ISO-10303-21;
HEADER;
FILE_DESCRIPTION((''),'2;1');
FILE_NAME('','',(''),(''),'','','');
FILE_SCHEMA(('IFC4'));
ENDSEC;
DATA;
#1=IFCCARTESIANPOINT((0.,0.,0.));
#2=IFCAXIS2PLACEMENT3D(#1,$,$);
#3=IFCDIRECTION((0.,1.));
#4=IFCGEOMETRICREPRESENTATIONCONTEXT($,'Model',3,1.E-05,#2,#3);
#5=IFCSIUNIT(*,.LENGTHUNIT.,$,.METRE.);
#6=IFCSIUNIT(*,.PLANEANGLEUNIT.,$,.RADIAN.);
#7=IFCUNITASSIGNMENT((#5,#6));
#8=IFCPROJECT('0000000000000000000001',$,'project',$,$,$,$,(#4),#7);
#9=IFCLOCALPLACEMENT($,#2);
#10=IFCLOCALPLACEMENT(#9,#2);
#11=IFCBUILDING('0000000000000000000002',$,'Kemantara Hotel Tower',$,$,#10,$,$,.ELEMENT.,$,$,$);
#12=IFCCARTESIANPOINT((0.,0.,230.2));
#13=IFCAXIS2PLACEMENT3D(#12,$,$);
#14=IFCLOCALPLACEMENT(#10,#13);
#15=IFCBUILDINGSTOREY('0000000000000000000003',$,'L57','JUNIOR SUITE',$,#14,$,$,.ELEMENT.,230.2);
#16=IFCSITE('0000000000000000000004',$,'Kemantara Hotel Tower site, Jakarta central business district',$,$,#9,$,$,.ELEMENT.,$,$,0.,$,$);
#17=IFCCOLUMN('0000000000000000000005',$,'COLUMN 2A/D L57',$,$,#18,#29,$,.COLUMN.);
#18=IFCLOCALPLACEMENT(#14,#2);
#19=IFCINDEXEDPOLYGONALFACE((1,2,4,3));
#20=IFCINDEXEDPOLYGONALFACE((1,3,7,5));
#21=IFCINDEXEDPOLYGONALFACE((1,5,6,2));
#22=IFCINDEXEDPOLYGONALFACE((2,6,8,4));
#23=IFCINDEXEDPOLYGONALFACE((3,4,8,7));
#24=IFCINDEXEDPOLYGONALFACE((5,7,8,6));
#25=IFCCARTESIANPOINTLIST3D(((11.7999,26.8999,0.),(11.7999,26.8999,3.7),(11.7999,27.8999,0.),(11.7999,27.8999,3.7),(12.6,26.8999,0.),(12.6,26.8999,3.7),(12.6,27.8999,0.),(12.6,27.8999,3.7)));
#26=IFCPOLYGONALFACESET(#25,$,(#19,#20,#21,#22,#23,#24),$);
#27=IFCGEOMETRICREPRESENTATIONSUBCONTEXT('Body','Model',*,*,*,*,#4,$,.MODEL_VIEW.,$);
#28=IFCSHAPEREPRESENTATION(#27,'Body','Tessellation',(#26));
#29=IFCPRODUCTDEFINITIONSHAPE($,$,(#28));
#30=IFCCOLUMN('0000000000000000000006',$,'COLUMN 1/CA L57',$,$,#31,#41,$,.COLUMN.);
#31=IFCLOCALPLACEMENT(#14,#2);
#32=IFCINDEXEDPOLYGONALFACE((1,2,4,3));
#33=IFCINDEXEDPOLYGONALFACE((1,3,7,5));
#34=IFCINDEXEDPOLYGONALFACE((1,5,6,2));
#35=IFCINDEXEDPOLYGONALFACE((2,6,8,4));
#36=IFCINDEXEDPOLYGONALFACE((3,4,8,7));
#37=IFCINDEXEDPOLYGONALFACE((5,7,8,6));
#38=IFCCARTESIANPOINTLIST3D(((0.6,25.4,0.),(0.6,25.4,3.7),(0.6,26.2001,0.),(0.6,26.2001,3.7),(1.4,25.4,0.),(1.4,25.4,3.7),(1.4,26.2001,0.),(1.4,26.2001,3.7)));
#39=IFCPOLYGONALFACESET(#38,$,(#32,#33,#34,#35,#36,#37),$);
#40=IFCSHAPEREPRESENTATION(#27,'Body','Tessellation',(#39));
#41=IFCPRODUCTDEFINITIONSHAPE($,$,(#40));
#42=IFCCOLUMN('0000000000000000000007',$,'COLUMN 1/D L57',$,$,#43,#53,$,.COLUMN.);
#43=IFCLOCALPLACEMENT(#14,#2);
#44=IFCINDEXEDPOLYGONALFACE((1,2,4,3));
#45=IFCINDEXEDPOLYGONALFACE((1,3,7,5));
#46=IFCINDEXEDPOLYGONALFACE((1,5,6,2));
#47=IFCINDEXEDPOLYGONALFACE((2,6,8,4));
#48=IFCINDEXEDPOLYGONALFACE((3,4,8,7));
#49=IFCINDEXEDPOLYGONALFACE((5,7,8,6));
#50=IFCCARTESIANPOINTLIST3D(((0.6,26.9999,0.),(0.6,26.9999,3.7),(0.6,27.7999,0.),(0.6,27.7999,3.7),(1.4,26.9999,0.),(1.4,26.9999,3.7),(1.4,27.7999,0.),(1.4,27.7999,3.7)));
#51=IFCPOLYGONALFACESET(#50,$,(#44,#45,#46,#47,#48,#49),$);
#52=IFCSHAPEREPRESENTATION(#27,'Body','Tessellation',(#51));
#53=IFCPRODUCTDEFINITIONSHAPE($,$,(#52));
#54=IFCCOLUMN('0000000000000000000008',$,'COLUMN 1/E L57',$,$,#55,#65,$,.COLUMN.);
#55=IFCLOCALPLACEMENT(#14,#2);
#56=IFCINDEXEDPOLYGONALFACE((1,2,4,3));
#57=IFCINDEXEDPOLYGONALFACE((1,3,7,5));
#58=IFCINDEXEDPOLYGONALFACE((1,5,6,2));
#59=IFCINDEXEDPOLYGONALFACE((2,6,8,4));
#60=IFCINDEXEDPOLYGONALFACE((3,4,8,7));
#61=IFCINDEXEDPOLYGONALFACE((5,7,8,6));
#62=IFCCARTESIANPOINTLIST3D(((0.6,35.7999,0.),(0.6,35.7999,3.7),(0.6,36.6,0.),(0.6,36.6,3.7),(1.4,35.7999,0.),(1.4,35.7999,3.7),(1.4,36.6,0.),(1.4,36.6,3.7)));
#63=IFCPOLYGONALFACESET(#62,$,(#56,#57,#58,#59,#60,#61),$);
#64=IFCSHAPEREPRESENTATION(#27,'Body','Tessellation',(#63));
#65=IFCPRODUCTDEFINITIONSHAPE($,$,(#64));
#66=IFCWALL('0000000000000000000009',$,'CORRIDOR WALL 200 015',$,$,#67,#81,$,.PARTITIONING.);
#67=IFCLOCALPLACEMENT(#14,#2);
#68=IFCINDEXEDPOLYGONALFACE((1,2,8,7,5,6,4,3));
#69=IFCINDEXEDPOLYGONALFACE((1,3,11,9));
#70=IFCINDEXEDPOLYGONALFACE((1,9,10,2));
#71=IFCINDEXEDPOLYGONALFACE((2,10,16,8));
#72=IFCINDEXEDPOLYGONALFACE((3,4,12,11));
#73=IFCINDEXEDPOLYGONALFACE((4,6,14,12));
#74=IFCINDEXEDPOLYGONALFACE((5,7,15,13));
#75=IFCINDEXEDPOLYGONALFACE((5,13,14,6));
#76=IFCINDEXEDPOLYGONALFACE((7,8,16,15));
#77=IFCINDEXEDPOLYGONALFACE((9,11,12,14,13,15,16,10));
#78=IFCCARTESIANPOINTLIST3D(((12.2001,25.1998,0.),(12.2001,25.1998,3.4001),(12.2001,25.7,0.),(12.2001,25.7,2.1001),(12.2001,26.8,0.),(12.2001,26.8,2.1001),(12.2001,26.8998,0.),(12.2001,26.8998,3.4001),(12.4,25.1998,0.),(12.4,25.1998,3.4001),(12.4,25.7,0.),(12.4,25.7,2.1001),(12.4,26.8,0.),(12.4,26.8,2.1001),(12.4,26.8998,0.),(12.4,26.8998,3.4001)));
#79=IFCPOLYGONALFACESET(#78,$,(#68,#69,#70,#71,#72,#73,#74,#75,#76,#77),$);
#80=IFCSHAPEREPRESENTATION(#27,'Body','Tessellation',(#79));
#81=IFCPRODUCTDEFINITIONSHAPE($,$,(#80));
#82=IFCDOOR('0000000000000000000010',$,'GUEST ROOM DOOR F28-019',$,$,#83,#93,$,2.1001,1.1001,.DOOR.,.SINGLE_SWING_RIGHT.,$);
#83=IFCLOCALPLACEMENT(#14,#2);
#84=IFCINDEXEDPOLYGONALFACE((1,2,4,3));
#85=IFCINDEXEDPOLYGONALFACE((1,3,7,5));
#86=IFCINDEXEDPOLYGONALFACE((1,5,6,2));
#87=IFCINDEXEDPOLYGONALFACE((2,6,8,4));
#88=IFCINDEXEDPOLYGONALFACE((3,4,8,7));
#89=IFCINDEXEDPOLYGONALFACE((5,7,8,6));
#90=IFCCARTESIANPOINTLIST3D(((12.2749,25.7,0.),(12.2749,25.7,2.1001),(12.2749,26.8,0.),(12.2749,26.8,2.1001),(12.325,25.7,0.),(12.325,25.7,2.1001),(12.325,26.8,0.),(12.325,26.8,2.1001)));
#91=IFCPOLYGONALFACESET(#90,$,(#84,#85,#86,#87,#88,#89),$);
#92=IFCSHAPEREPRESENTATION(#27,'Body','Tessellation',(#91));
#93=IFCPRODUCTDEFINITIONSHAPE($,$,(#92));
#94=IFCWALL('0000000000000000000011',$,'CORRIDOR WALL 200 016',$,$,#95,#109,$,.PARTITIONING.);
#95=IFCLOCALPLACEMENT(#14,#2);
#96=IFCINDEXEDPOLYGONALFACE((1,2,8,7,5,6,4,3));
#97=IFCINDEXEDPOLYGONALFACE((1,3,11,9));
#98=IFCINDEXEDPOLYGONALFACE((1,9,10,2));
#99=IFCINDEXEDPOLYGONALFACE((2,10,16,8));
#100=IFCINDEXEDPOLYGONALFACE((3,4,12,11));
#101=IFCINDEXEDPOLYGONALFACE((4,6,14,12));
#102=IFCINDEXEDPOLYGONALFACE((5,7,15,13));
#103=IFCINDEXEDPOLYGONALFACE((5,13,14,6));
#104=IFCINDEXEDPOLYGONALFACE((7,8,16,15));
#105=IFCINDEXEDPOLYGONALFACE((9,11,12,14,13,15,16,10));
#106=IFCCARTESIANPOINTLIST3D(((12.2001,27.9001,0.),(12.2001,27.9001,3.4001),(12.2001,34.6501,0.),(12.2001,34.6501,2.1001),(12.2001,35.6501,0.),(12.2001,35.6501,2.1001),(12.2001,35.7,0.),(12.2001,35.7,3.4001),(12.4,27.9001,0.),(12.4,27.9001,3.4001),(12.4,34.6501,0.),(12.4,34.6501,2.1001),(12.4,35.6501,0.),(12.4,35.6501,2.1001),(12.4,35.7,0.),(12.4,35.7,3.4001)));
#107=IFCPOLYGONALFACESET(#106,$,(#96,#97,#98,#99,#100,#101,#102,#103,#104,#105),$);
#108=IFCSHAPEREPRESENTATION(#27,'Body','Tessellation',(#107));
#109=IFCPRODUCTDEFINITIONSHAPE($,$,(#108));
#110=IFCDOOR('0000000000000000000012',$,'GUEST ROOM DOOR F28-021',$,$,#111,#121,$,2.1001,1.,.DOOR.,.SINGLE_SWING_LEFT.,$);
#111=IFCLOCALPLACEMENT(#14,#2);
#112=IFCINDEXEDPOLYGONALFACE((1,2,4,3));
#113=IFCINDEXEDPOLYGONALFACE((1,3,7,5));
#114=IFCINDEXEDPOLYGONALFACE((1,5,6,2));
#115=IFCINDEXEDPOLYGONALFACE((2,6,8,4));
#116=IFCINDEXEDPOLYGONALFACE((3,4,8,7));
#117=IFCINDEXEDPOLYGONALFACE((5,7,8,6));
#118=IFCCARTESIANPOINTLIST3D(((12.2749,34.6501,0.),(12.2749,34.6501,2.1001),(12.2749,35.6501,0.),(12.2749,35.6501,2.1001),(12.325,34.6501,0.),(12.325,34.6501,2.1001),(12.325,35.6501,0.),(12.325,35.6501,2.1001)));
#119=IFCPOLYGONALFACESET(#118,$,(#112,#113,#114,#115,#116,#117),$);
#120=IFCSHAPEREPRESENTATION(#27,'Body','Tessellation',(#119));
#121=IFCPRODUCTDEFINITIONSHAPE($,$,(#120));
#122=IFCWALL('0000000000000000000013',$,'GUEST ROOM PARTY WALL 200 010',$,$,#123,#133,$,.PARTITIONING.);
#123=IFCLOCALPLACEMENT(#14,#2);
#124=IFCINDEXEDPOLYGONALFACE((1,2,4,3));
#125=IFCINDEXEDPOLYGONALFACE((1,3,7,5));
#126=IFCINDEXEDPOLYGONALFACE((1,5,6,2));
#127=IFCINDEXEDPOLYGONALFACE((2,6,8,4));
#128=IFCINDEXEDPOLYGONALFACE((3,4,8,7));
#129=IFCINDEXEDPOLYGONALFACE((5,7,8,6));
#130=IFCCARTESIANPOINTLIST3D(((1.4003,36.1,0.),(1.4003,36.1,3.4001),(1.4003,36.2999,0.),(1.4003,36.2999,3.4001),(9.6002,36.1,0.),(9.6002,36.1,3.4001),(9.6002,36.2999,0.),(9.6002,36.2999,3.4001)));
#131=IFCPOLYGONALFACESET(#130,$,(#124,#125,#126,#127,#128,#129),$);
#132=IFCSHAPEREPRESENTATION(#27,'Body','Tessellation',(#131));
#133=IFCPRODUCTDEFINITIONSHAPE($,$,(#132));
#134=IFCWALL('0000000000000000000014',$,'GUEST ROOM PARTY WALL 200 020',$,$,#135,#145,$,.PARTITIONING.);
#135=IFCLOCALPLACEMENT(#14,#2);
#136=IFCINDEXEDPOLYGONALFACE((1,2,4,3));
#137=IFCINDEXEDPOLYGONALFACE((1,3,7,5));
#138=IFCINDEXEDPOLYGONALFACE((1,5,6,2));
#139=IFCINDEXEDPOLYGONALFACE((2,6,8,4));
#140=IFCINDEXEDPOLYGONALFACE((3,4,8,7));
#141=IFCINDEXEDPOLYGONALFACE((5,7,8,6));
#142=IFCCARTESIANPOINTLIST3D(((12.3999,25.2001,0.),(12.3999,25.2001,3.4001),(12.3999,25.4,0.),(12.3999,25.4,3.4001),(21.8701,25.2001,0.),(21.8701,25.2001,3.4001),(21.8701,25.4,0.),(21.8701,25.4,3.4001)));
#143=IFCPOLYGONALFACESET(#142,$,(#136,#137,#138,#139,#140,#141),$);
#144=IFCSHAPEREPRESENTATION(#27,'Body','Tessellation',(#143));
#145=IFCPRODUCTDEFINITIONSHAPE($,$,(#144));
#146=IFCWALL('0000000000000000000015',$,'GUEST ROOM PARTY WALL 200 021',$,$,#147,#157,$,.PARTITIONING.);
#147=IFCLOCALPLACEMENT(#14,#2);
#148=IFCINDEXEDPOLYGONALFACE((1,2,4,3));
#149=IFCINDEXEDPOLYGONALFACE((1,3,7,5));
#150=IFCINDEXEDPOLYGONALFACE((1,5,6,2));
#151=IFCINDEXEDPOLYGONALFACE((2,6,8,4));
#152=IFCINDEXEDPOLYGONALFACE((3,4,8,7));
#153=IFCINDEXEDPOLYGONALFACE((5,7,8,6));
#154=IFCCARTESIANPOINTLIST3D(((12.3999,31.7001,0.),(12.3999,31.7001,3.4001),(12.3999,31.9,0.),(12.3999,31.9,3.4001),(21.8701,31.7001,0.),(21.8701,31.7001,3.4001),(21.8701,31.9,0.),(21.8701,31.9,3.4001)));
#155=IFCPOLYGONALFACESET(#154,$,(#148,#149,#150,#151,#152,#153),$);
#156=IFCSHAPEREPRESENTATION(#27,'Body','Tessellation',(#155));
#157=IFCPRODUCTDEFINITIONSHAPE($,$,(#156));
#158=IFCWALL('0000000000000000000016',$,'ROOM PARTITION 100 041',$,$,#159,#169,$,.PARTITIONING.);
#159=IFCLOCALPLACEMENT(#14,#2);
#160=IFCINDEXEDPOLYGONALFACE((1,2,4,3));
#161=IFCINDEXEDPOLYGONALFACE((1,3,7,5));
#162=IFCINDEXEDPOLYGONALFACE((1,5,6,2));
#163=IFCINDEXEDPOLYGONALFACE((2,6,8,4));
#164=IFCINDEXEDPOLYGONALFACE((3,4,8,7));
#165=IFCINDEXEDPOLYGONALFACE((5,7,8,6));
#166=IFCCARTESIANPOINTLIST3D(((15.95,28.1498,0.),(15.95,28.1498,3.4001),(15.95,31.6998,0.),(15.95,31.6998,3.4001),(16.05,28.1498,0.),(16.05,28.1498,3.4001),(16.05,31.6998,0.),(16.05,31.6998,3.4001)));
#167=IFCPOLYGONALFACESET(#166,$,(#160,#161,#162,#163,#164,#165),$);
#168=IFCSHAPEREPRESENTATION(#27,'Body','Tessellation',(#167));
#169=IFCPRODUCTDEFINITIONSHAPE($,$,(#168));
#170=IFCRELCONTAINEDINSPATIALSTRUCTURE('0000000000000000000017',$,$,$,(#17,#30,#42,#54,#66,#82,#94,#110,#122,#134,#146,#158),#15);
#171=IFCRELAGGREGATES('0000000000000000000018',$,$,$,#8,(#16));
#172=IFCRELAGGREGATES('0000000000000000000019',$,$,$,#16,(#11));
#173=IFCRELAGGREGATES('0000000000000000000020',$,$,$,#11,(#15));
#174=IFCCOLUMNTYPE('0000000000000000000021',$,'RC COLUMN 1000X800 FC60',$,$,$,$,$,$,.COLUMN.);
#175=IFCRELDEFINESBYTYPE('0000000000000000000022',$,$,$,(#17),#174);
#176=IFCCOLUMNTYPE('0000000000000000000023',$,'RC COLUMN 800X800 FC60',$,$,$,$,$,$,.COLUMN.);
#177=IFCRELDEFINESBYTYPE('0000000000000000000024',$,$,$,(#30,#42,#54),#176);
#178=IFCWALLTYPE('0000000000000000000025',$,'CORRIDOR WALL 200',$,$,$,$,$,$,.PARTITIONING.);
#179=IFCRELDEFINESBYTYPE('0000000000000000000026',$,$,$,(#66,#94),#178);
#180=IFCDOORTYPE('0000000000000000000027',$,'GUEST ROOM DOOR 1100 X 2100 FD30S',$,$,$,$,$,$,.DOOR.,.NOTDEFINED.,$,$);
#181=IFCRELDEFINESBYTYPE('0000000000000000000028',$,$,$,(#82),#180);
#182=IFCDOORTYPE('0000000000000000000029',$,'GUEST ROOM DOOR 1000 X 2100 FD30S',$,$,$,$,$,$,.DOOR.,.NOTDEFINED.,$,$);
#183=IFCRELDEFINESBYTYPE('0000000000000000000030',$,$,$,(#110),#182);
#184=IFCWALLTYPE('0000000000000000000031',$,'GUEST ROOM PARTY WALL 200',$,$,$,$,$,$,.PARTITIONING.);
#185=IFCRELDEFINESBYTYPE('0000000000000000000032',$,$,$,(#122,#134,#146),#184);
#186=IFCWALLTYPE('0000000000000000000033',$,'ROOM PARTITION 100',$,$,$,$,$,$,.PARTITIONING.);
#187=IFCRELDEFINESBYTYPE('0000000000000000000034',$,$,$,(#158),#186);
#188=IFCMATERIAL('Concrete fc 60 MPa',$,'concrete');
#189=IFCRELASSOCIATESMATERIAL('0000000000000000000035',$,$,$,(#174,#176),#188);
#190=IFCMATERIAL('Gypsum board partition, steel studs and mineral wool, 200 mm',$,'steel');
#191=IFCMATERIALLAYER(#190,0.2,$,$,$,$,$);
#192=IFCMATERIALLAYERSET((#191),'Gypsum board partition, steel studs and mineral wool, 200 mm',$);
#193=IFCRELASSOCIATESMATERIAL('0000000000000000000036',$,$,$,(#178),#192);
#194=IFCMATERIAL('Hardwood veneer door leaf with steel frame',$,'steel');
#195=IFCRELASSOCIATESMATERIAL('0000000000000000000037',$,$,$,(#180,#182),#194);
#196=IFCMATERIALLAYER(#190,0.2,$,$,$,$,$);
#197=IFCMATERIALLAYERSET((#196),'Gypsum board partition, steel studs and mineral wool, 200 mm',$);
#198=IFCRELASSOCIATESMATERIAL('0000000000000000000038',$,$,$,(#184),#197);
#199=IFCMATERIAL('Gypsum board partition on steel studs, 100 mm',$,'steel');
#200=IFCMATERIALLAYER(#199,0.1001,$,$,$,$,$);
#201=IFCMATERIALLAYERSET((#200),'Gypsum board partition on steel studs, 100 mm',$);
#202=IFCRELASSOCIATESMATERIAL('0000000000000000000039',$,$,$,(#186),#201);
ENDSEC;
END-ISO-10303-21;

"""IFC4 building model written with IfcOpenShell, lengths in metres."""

from ifc_helpers import new_model, si_unit, direction, frame, frame_2d, origin, origin_2d, place, context, subcontext, project, spatial, rectangle, extrude, material, layer, layer_set, material_profile, profile_set, type_object, element, fill, save


model = new_model("IFC4")

# Units and contexts
model_context = context("Model", 3, precision=1e-05, world=origin(), true_north=direction((0.0, 1.0)))
body_context = subcontext(model_context, "Body", "Model", "MODEL_VIEW")
ifc_project = project(units=[si_unit("LENGTHUNIT", "METRE"), si_unit("PLANEANGLEUNIT", "RADIAN")], contexts=[model_context])

# Site, building, storey
site_placement = place(None, origin())
site = spatial("IfcSite", under=ifc_project, at=site_placement, Name="Kemantara Hotel Tower site, Jakarta central business district", CompositionType="ELEMENT", RefElevation=0.0)
building_placement = place(site_placement, origin())
building = spatial("IfcBuilding", under=site, at=building_placement, Name="Kemantara Hotel Tower", CompositionType="ELEMENT")
storey_placement = place(building_placement, frame((0.0, 0.0, 230.2)))
storey = spatial("IfcBuildingStorey", under=building, at=storey_placement, Name="L57", Description="JUNIOR SUITE", CompositionType="ELEMENT", Elevation=230.2)

# Columns
ifc_material_1 = material(Name="Concrete fc 60 MPa", Category="concrete")
ifc_material_profile_1 = material_profile(ifc_material_1, rectangle(XDim=1.0, YDim=0.8, at=origin_2d()), Name="RC 1000X800")
ifc_profile_set_1 = profile_set([ifc_material_profile_1], Name="Concrete fc 60 MPa")
column_type_1 = type_object("IfcColumnType", Name="RC COLUMN 1000X800 FC60", PredefinedType="COLUMN", material=ifc_profile_set_1)
column_placement = place(storey_placement, frame((12.2, 27.3999, 0.0), z_axis=(0.0, 0.0, 1.0), x_axis=(0.0, 1.0, 0.0)))
element("IfcColumn", 1, at=column_placement, inside=storey, type_object=column_type_1, Name="COLUMN 2A/D L57", PredefinedType="COLUMN", context=body_context, shape_type="SweptSolid", body=[
    extrude(rectangle(XDim=1.0, YDim=0.8, at=origin_2d()), origin(), (0.0, 0.0, 1.0), 3.7),
])
ifc_material_profile_2 = material_profile(ifc_material_1, rectangle(XDim=0.8, YDim=0.8, at=origin_2d()), Name="RC 800X800")
ifc_profile_set_2 = profile_set([ifc_material_profile_2], Name="Concrete fc 60 MPa")
column_type_2 = type_object("IfcColumnType", Name="RC COLUMN 800X800 FC60", PredefinedType="COLUMN", material=ifc_profile_set_2)
for number, where, z_axis, x_axis, name in (
    (2, (1.0, 25.8, 0.0), (0.0, 0.0, 1.0), (1.0, 0.0, 0.0), "COLUMN 1/CA L57"),
    (3, (1.0, 27.3999, 0.0), (0.0, 0.0, 1.0), (1.0, 0.0, 0.0), "COLUMN 1/D L57"),
    (4, (1.0, 36.2, 0.0), (0.0, 0.0, 1.0), (1.0, 0.0, 0.0), "COLUMN 1/E L57"),
):
    element("IfcColumn", number, at=place(storey_placement, frame(where, z_axis=z_axis, x_axis=x_axis)), inside=storey, type_object=column_type_2, Name=name, PredefinedType="COLUMN", context=body_context, shape_type="SweptSolid", body=[
        extrude(rectangle(XDim=0.8, YDim=0.8, at=origin_2d()), origin(), (0.0, 0.0, 1.0), 3.7),
    ])

# Walls, openings, doors
ifc_material_2 = material(Name="Gypsum board partition, steel studs and mineral wool, 200 mm", Category="steel")
ifc_layer_1 = layer(ifc_material_2, 0.2)
ifc_layer_set_1 = layer_set([ifc_layer_1], Name="Gypsum board partition, steel studs and mineral wool, 200 mm")
wall_type_1 = type_object("IfcWallType", Name="CORRIDOR WALL 200", PredefinedType="PARTITIONING", material=ifc_layer_set_1)
wall_1_placement = place(storey_placement, frame((12.3, 26.8999, 0.0), z_axis=(0.0, 0.0, 1.0), x_axis=(0.0, -1.0, 0.0)))
wall_1 = element("IfcWall", 5, at=wall_1_placement, inside=storey, type_object=wall_type_1, Name="CORRIDOR WALL 200 015", PredefinedType="PARTITIONING", context=body_context, shape_type="SweptSolid", body=[
    extrude(rectangle(XDim=1.7, YDim=0.2, at=frame_2d((0.8501, 0.0))), origin(), (0.0, 0.0, 1.0), 3.4001),
])
opening_1_placement = place(wall_1_placement, frame((0.0999, 0.0, 0.0)))
opening_1 = element("IfcOpeningElement", 6, at=opening_1_placement, cuts=wall_1, PredefinedType="OPENING", context=body_context, shape_type="SweptSolid", body=[
    extrude(rectangle(XDim=1.1001, YDim=2.1001, at=frame_2d((0.55, 1.05))), frame((0.0, 0.1099, 0.0), z_axis=(0.0, -1.0, 0.0), x_axis=(1.0, 0.0, 0.0)), (0.0, 0.0, 1.0), 0.22),
])
ifc_material_3 = material(Name="Hardwood veneer door leaf with steel frame", Category="steel")
door_type_1 = type_object("IfcDoorType", Name="GUEST ROOM DOOR 1100 X 2100 FD30S", OperationType="NOTDEFINED", PredefinedType="DOOR", material=ifc_material_3)
door_1_placement = place(opening_1_placement, origin())
door_1 = element("IfcDoor", 7, at=door_1_placement, inside=storey, type_object=door_type_1, Name="GUEST ROOM DOOR F28-019", OperationType="SINGLE_SWING_RIGHT", OverallHeight=2.1001, OverallWidth=1.1001, PredefinedType="DOOR", context=body_context, shape_type="SweptSolid", body=[
    extrude(rectangle(XDim=1.1001, YDim=2.1001, at=frame_2d((0.55, 1.05))), frame((0.0, 0.0249, 0.0), z_axis=(0.0, -1.0, 0.0), x_axis=(1.0, 0.0, 0.0)), (0.0, 0.0, 1.0), 0.05),
])
fill(opening_1, door_1)
wall_2_placement = place(storey_placement, frame((12.3, 35.7, 0.0), z_axis=(0.0, 0.0, 1.0), x_axis=(0.0, -1.0, 0.0)))
wall_2 = element("IfcWall", 8, at=wall_2_placement, inside=storey, type_object=wall_type_1, Name="CORRIDOR WALL 200 016", PredefinedType="PARTITIONING", context=body_context, shape_type="SweptSolid", body=[
    extrude(rectangle(XDim=7.7998, YDim=0.2, at=frame_2d((3.8999, 0.0))), origin(), (0.0, 0.0, 1.0), 3.4001),
])
opening_2_placement = place(wall_2_placement, frame((0.0498, 0.0, 0.0)))
opening_2 = element("IfcOpeningElement", 9, at=opening_2_placement, cuts=wall_2, PredefinedType="OPENING", context=body_context, shape_type="SweptSolid", body=[
    extrude(rectangle(XDim=1.0, YDim=2.1001, at=frame_2d((0.5, 1.05))), frame((0.0, 0.1099, 0.0), z_axis=(0.0, -1.0, 0.0), x_axis=(1.0, 0.0, 0.0)), (0.0, 0.0, 1.0), 0.22),
])
door_type_2 = type_object("IfcDoorType", Name="GUEST ROOM DOOR 1000 X 2100 FD30S", OperationType="NOTDEFINED", PredefinedType="DOOR", material=ifc_material_3)
door_2_placement = place(opening_2_placement, origin())
door_2 = element("IfcDoor", 10, at=door_2_placement, inside=storey, type_object=door_type_2, Name="GUEST ROOM DOOR F28-021", OperationType="SINGLE_SWING_LEFT", OverallHeight=2.1001, OverallWidth=1.0, PredefinedType="DOOR", context=body_context, shape_type="SweptSolid", body=[
    extrude(rectangle(XDim=1.0, YDim=2.1001, at=frame_2d((0.5, 1.05))), frame((0.0, 0.0249, 0.0), z_axis=(0.0, -1.0, 0.0), x_axis=(1.0, 0.0, 0.0)), (0.0, 0.0, 1.0), 0.05),
])
fill(opening_2, door_2)

# Walls
ifc_layer_2 = layer(ifc_material_2, 0.2)
ifc_layer_set_2 = layer_set([ifc_layer_2], Name="Gypsum board partition, steel studs and mineral wool, 200 mm")
wall_type_2 = type_object("IfcWallType", Name="GUEST ROOM PARTY WALL 200", PredefinedType="PARTITIONING", material=ifc_layer_set_2)
wall_3_placement = place(storey_placement, frame((1.4001, 36.2, 0.0), z_axis=(0.0, 0.0, 1.0), x_axis=(1.0, 0.0, 0.0)))
element("IfcWall", 11, at=wall_3_placement, inside=storey, type_object=wall_type_2, Name="GUEST ROOM PARTY WALL 200 010", PredefinedType="PARTITIONING", context=body_context, shape_type="SweptSolid", body=[
    extrude(rectangle(XDim=8.2, YDim=0.2, at=frame_2d((4.1001, 0.0))), origin(), (0.0, 0.0, 1.0), 3.4001),
])
for number, where, z_axis, x_axis, name in (
    (12, (12.3999, 25.3, 0.0), (0.0, 0.0, 1.0), (1.0, 0.0, 0.0), "GUEST ROOM PARTY WALL 200 020"),
    (13, (12.3999, 31.8, 0.0), (0.0, 0.0, 1.0), (1.0, 0.0, 0.0), "GUEST ROOM PARTY WALL 200 021"),
):
    element("IfcWall", number, at=place(storey_placement, frame(where, z_axis=z_axis, x_axis=x_axis)), inside=storey, type_object=wall_type_2, Name=name, PredefinedType="PARTITIONING", context=body_context, shape_type="SweptSolid", body=[
        extrude(rectangle(XDim=9.4702, YDim=0.2, at=frame_2d((4.7351, 0.0))), origin(), (0.0, 0.0, 1.0), 3.4001),
    ])
ifc_material_4 = material(Name="Gypsum board partition on steel studs, 100 mm", Category="steel")
ifc_layer_3 = layer(ifc_material_4, 0.1001)
ifc_layer_set_3 = layer_set([ifc_layer_3], Name="Gypsum board partition on steel studs, 100 mm")
wall_type_3 = type_object("IfcWallType", Name="ROOM PARTITION 100", PredefinedType="PARTITIONING", material=ifc_layer_set_3)
wall_4_placement = place(storey_placement, frame((16.0, 28.1499, 0.0), z_axis=(0.0, 0.0, 1.0), x_axis=(0.0, 1.0, 0.0)))
element("IfcWall", 14, at=wall_4_placement, inside=storey, type_object=wall_type_3, Name="ROOM PARTITION 100 041", PredefinedType="PARTITIONING", context=body_context, shape_type="SweptSolid", body=[
    extrude(rectangle(XDim=3.55, YDim=0.1001, at=frame_2d((1.7749, 0.0))), origin(), (0.0, 0.0, 1.0), 3.4001),
])

save(model, "model.ifc")
